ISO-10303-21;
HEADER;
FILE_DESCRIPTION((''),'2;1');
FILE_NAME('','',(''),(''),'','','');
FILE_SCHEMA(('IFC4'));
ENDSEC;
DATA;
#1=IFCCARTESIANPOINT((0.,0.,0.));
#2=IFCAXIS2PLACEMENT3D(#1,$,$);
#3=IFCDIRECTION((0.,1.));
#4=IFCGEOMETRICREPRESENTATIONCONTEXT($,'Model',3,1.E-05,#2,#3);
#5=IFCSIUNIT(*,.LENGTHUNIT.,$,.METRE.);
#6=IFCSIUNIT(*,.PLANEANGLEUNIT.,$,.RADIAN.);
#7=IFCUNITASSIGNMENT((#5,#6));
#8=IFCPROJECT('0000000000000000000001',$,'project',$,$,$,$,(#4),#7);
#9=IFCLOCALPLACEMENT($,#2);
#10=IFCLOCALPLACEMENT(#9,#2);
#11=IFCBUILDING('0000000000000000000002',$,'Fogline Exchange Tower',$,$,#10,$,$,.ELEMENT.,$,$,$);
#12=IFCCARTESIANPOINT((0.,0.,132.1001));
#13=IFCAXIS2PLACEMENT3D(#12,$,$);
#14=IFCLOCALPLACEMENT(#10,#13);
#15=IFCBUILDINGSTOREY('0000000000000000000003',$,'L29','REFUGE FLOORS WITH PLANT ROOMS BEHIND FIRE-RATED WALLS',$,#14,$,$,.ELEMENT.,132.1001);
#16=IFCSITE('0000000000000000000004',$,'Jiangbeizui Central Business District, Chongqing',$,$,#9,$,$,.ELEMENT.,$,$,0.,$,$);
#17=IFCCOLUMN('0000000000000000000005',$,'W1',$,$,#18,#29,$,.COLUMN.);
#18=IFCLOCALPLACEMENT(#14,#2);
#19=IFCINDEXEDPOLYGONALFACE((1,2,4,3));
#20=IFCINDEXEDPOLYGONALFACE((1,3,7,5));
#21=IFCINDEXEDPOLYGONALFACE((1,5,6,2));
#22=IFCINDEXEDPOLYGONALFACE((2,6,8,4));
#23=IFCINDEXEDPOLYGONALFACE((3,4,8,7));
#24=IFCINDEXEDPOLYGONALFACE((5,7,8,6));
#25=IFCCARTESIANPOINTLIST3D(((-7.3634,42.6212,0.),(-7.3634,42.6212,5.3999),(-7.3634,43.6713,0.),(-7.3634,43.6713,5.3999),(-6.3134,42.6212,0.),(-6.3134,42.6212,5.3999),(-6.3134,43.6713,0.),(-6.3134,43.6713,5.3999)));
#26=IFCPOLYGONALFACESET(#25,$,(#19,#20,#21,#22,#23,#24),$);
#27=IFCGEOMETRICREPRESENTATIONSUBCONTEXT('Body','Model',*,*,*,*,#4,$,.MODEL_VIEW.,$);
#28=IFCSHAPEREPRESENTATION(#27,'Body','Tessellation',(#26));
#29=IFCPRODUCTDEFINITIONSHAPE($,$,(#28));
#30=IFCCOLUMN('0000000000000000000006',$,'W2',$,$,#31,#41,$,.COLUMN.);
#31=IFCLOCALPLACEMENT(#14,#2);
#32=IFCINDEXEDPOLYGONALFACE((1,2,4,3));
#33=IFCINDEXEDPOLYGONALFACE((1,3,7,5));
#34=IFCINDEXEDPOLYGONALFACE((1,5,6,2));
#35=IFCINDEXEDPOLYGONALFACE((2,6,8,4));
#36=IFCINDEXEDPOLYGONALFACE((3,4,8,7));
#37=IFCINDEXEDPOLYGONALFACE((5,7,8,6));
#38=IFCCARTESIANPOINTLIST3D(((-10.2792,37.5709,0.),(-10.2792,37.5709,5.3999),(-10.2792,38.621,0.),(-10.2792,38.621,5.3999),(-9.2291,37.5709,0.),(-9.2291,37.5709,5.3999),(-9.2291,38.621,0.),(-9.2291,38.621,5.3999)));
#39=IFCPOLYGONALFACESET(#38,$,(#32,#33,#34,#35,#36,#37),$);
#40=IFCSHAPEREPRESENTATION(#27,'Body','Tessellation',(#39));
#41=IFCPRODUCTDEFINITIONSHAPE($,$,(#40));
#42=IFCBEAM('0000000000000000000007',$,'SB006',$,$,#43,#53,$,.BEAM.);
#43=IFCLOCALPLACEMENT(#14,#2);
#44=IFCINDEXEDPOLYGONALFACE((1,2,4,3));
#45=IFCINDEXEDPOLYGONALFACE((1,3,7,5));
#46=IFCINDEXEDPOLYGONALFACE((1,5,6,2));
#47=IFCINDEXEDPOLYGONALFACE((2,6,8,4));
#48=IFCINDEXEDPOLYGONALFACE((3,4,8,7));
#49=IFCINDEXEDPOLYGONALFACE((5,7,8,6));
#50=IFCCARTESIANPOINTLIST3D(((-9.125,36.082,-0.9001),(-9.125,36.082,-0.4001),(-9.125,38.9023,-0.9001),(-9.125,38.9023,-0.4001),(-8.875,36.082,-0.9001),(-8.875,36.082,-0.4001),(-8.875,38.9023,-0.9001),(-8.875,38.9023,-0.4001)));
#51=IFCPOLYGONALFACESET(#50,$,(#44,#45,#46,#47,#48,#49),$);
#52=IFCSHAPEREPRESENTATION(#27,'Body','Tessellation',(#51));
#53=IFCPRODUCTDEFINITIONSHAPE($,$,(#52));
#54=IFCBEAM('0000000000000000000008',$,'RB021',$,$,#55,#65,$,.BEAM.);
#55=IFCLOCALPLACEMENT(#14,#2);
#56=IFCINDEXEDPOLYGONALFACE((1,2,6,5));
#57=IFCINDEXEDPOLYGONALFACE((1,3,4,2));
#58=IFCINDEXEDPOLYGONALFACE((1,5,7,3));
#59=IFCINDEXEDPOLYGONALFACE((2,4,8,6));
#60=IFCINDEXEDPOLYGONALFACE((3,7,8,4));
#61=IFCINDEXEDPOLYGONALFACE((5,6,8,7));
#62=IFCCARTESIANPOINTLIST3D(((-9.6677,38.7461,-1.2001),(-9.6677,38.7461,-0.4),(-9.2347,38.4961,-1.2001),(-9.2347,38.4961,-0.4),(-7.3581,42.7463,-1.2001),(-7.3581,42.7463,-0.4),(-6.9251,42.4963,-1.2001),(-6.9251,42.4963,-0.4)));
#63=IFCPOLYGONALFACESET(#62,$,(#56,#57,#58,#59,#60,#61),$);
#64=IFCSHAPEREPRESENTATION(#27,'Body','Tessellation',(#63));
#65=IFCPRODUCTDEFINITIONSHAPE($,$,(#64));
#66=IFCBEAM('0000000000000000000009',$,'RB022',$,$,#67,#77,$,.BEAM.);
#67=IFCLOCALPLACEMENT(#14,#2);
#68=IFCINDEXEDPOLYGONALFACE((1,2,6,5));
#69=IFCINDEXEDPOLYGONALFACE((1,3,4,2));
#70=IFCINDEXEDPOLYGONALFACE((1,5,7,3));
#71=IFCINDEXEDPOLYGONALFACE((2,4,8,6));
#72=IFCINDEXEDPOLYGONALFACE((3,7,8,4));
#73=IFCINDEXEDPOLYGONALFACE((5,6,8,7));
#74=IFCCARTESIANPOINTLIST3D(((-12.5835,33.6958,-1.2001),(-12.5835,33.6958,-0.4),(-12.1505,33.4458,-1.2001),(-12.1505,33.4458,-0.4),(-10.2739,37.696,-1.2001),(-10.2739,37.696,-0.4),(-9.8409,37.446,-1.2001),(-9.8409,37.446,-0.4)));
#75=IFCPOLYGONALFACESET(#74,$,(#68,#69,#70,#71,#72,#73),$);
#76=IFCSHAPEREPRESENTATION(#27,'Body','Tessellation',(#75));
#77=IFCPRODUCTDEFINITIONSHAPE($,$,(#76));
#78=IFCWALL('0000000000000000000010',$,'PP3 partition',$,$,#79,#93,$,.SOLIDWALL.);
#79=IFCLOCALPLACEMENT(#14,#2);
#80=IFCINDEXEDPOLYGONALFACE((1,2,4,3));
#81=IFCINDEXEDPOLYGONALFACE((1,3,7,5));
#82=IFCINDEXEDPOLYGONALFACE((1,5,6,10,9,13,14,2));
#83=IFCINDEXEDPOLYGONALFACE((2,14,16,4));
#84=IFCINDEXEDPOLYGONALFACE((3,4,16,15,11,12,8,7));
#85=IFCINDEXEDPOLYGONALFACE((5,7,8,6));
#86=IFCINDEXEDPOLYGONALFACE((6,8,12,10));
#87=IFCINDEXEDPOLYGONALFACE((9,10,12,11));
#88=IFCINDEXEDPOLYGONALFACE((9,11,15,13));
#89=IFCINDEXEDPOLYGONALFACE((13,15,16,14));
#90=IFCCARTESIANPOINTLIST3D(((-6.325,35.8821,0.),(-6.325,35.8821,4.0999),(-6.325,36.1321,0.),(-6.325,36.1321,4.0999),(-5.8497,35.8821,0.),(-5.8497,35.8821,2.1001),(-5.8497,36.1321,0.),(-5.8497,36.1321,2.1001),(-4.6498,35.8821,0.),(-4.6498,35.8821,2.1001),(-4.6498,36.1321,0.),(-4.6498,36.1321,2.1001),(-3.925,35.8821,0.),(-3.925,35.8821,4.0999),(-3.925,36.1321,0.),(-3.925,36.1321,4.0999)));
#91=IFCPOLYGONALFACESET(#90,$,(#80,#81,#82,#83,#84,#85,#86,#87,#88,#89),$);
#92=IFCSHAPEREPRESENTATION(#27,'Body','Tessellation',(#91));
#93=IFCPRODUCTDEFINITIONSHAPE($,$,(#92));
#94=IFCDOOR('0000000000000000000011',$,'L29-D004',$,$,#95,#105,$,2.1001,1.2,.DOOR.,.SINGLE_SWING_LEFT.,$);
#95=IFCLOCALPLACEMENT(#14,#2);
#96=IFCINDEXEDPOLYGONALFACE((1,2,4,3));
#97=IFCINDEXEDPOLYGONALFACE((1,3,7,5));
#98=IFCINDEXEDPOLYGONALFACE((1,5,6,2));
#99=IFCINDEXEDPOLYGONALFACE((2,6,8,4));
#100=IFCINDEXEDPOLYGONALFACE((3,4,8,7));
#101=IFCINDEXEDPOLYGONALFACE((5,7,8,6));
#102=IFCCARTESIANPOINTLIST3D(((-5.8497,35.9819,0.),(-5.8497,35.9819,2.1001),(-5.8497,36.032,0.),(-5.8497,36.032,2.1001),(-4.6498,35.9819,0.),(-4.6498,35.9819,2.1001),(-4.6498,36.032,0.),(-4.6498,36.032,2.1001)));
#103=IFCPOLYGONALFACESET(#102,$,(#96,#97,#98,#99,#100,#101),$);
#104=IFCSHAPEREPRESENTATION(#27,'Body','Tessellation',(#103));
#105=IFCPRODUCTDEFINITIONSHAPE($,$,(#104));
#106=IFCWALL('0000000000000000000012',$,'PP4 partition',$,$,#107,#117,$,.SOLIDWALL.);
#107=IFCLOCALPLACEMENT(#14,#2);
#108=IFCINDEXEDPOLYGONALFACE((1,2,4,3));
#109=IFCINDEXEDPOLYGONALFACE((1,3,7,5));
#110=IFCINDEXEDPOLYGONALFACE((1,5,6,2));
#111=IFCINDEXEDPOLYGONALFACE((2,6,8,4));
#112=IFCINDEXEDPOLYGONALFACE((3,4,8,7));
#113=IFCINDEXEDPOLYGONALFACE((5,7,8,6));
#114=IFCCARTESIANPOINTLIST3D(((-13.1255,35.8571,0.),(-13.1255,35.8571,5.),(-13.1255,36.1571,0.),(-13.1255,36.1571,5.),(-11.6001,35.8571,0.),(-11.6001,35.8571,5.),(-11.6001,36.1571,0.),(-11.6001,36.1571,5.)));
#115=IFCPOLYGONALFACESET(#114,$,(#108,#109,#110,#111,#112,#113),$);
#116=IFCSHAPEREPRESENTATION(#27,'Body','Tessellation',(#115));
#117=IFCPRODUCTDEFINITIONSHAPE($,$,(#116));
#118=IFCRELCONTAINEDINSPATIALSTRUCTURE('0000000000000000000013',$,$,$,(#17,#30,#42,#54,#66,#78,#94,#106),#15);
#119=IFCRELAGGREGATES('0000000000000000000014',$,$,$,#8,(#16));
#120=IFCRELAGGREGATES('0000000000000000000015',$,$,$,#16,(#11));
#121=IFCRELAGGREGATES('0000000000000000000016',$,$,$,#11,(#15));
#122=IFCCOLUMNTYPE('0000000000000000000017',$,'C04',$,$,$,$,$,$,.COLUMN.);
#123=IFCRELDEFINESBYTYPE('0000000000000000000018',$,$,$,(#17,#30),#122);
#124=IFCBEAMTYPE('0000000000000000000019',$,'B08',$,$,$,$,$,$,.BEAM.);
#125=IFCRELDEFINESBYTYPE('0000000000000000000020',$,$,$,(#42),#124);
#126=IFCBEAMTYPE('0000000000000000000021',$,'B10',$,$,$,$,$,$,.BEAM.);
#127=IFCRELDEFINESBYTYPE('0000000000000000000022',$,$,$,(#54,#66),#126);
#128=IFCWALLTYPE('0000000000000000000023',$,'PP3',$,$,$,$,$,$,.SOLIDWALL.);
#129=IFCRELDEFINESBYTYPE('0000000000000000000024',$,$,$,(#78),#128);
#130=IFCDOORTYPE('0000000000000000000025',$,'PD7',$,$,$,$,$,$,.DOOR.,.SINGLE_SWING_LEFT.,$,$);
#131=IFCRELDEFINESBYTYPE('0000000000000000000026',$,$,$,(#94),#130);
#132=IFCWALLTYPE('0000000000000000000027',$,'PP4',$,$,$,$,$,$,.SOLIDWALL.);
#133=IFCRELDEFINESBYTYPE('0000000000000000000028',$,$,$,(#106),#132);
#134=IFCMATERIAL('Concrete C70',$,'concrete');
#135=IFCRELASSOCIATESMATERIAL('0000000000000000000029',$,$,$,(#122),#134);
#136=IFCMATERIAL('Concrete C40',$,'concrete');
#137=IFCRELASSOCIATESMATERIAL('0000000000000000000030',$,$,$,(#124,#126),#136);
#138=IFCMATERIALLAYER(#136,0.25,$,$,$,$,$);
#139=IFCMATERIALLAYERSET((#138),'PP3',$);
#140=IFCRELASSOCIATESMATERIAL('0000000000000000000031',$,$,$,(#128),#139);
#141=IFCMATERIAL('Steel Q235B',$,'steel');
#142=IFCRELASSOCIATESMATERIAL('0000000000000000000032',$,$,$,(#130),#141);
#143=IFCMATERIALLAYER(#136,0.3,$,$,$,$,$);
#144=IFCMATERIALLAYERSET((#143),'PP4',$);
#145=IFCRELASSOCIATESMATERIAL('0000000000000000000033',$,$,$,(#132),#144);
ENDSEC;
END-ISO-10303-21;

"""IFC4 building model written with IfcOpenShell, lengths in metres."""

from ifc_helpers import new_model, si_unit, direction, frame, frame_2d, origin, origin_2d, place, context, subcontext, project, spatial, rectangle, extrude, material, layer, layer_set, material_profile, profile_set, type_object, element, fill, save


model = new_model("IFC4")

# Units and contexts
model_context = context("Model", 3, precision=1e-05, world=origin(), true_north=direction((0.0, 1.0)))
body_context = subcontext(model_context, "Body", "Model", "MODEL_VIEW")
ifc_project = project(units=[si_unit("LENGTHUNIT", "METRE"), si_unit("PLANEANGLEUNIT", "RADIAN")], contexts=[model_context])

# Site, building, storey
site_placement = place(None, origin())
site = spatial("IfcSite", under=ifc_project, at=site_placement, Name="Jiangbeizui Central Business District, Chongqing", CompositionType="ELEMENT", RefElevation=0.0)
building_placement = place(site_placement, origin())
building = spatial("IfcBuilding", under=site, at=building_placement, Name="Fogline Exchange Tower", CompositionType="ELEMENT")
storey_placement = place(building_placement, frame((0.0, 0.0, 132.1001)))
storey = spatial("IfcBuildingStorey", under=building, at=storey_placement, Name="L29", Description="REFUGE FLOORS WITH PLANT ROOMS BEHIND FIRE-RATED WALLS", CompositionType="ELEMENT", Elevation=132.1001)

# Columns
ifc_material_1 = material(Name="Concrete C70", Category="concrete")
ifc_material_profile_1 = material_profile(ifc_material_1, rectangle(XDim=1.05, YDim=1.05, at=origin_2d()), Name="RC 1050x1050")
ifc_profile_set_1 = profile_set([ifc_material_profile_1], Name="Concrete C70")
column_type = type_object("IfcColumnType", Name="C04", PredefinedType="COLUMN", material=ifc_profile_set_1)
for number, where, z_axis, x_axis, name in (
    (1, (-6.8384, 43.1462, 0.0), (0.0, 0.0, 1.0), (1.0, 0.0, 0.0), "W1"),
    (2, (-9.7542, 38.0959, 0.0), (0.0, 0.0, 1.0), (1.0, 0.0, 0.0), "W2"),
):
    element("IfcColumn", number, at=place(storey_placement, frame(where, z_axis=z_axis, x_axis=x_axis)), inside=storey, type_object=column_type, Name=name, PredefinedType="COLUMN", context=body_context, shape_type="SweptSolid", body=[
        extrude(rectangle(XDim=1.05, YDim=1.05, at=origin_2d()), origin(), (0.0, 0.0, 1.0), 5.3999),
    ])

# Beams
ifc_material_2 = material(Name="Concrete C40", Category="concrete")
ifc_material_profile_2 = material_profile(ifc_material_2, rectangle(XDim=0.25, YDim=0.5, at=origin_2d()), Name="RC 250x500")
ifc_profile_set_2 = profile_set([ifc_material_profile_2], Name="Concrete C40")
beam_type_1 = type_object("IfcBeamType", Name="B08", PredefinedType="BEAM", material=ifc_profile_set_2)
beam_placement = place(storey_placement, frame((-9.0, 36.082, -0.6501), z_axis=(0.0, 1.0, 0.0), x_axis=(-1.0, 0.0, 0.0)))
element("IfcBeam", 3, at=beam_placement, inside=storey, type_object=beam_type_1, Name="SB006", PredefinedType="BEAM", context=body_context, shape_type="SweptSolid", body=[
    extrude(rectangle(XDim=0.25, YDim=0.5, at=origin_2d()), origin(), (0.0, 0.0, 1.0), 2.8203),
])
ifc_material_profile_3 = material_profile(ifc_material_2, rectangle(XDim=0.5, YDim=0.8, at=origin_2d()), Name="RC 500x800")
ifc_profile_set_3 = profile_set([ifc_material_profile_3], Name="Concrete C40")
beam_type_2 = type_object("IfcBeamType", Name="B10", PredefinedType="BEAM", material=ifc_profile_set_3)
for number, where, z_axis, x_axis, name in (
    (4, (-7.1416, 42.6213, -0.8), (-0.500005, -0.866023, 0.0), (0.866023, -0.500005, 0.0), "RB021"),
    (5, (-10.0574, 37.571, -0.8), (-0.500005, -0.866023, 0.0), (0.866023, -0.500005, 0.0), "RB022"),
):
    element("IfcBeam", number, at=place(storey_placement, frame(where, z_axis=z_axis, x_axis=x_axis)), inside=storey, type_object=beam_type_2, Name=name, PredefinedType="BEAM", context=body_context, shape_type="SweptSolid", body=[
        extrude(rectangle(XDim=0.5, YDim=0.8, at=origin_2d()), origin(), (0.0, 0.0, 1.0), 4.6191),
    ])

# Wall, opening, door
ifc_layer_1 = layer(ifc_material_2, 0.25)
ifc_layer_set_1 = layer_set([ifc_layer_1], Name="PP3")
wall_type_1 = type_object("IfcWallType", Name="PP3", PredefinedType="SOLIDWALL", material=ifc_layer_set_1)
wall_1_placement = place(storey_placement, frame((-6.325, 36.0071, 0.0), z_axis=(0.0, 0.0, 1.0), x_axis=(1.0, 0.0, 0.0)))
wall_1 = element("IfcWall", 6, at=wall_1_placement, inside=storey, type_object=wall_type_1, Name="PP3 partition", PredefinedType="SOLIDWALL", context=body_context, shape_type="SweptSolid", body=[
    extrude(rectangle(XDim=2.3999, YDim=0.25, at=frame_2d((1.2, 0.0))), origin(), (0.0, 0.0, 1.0), 4.0999),
])
opening_placement = place(wall_1_placement, frame((0.4751, 0.0, 0.0)))
opening = element("IfcOpeningElement", 7, at=opening_placement, cuts=wall_1, PredefinedType="OPENING", context=body_context, shape_type="SweptSolid", body=[
    extrude(rectangle(XDim=1.2, YDim=2.1001, at=frame_2d((0.6001, 1.05))), frame((0.0, 0.135, 0.0), z_axis=(0.0, -1.0, 0.0), x_axis=(1.0, 0.0, 0.0)), (0.0, 0.0, 1.0), 0.27),
])
ifc_material_3 = material(Name="Steel Q235B", Category="steel")
door_type = type_object("IfcDoorType", Name="PD7", OperationType="SINGLE_SWING_LEFT", PredefinedType="DOOR", material=ifc_material_3)
door_placement = place(opening_placement, origin())
door = element("IfcDoor", 8, at=door_placement, inside=storey, type_object=door_type, Name="L29-D004", OperationType="SINGLE_SWING_LEFT", OverallHeight=2.1001, OverallWidth=1.2, PredefinedType="DOOR", context=body_context, shape_type="SweptSolid", body=[
    extrude(rectangle(XDim=1.2, YDim=2.1001, at=frame_2d((0.6001, 1.05))), frame((0.0, 0.0249, 0.0), z_axis=(0.0, -1.0, 0.0), x_axis=(1.0, 0.0, 0.0)), (0.0, 0.0, 1.0), 0.05),
])
fill(opening, door)

# Wall
ifc_layer_2 = layer(ifc_material_2, 0.3)
ifc_layer_set_2 = layer_set([ifc_layer_2], Name="PP4")
wall_type_2 = type_object("IfcWallType", Name="PP4", PredefinedType="SOLIDWALL", material=ifc_layer_set_2)
wall_2_placement = place(storey_placement, frame((-11.6001, 36.0071, 0.0), z_axis=(0.0, 0.0, 1.0), x_axis=(-1.0, 0.0, 0.0)))
element("IfcWall", 9, at=wall_2_placement, inside=storey, type_object=wall_type_2, Name="PP4 partition", PredefinedType="SOLIDWALL", context=body_context, shape_type="SweptSolid", body=[
    extrude(rectangle(XDim=1.5254, YDim=0.3, at=frame_2d((0.7627, 0.0))), origin(), (0.0, 0.0, 1.0), 5.0),
])

save(model, "model.ifc")
